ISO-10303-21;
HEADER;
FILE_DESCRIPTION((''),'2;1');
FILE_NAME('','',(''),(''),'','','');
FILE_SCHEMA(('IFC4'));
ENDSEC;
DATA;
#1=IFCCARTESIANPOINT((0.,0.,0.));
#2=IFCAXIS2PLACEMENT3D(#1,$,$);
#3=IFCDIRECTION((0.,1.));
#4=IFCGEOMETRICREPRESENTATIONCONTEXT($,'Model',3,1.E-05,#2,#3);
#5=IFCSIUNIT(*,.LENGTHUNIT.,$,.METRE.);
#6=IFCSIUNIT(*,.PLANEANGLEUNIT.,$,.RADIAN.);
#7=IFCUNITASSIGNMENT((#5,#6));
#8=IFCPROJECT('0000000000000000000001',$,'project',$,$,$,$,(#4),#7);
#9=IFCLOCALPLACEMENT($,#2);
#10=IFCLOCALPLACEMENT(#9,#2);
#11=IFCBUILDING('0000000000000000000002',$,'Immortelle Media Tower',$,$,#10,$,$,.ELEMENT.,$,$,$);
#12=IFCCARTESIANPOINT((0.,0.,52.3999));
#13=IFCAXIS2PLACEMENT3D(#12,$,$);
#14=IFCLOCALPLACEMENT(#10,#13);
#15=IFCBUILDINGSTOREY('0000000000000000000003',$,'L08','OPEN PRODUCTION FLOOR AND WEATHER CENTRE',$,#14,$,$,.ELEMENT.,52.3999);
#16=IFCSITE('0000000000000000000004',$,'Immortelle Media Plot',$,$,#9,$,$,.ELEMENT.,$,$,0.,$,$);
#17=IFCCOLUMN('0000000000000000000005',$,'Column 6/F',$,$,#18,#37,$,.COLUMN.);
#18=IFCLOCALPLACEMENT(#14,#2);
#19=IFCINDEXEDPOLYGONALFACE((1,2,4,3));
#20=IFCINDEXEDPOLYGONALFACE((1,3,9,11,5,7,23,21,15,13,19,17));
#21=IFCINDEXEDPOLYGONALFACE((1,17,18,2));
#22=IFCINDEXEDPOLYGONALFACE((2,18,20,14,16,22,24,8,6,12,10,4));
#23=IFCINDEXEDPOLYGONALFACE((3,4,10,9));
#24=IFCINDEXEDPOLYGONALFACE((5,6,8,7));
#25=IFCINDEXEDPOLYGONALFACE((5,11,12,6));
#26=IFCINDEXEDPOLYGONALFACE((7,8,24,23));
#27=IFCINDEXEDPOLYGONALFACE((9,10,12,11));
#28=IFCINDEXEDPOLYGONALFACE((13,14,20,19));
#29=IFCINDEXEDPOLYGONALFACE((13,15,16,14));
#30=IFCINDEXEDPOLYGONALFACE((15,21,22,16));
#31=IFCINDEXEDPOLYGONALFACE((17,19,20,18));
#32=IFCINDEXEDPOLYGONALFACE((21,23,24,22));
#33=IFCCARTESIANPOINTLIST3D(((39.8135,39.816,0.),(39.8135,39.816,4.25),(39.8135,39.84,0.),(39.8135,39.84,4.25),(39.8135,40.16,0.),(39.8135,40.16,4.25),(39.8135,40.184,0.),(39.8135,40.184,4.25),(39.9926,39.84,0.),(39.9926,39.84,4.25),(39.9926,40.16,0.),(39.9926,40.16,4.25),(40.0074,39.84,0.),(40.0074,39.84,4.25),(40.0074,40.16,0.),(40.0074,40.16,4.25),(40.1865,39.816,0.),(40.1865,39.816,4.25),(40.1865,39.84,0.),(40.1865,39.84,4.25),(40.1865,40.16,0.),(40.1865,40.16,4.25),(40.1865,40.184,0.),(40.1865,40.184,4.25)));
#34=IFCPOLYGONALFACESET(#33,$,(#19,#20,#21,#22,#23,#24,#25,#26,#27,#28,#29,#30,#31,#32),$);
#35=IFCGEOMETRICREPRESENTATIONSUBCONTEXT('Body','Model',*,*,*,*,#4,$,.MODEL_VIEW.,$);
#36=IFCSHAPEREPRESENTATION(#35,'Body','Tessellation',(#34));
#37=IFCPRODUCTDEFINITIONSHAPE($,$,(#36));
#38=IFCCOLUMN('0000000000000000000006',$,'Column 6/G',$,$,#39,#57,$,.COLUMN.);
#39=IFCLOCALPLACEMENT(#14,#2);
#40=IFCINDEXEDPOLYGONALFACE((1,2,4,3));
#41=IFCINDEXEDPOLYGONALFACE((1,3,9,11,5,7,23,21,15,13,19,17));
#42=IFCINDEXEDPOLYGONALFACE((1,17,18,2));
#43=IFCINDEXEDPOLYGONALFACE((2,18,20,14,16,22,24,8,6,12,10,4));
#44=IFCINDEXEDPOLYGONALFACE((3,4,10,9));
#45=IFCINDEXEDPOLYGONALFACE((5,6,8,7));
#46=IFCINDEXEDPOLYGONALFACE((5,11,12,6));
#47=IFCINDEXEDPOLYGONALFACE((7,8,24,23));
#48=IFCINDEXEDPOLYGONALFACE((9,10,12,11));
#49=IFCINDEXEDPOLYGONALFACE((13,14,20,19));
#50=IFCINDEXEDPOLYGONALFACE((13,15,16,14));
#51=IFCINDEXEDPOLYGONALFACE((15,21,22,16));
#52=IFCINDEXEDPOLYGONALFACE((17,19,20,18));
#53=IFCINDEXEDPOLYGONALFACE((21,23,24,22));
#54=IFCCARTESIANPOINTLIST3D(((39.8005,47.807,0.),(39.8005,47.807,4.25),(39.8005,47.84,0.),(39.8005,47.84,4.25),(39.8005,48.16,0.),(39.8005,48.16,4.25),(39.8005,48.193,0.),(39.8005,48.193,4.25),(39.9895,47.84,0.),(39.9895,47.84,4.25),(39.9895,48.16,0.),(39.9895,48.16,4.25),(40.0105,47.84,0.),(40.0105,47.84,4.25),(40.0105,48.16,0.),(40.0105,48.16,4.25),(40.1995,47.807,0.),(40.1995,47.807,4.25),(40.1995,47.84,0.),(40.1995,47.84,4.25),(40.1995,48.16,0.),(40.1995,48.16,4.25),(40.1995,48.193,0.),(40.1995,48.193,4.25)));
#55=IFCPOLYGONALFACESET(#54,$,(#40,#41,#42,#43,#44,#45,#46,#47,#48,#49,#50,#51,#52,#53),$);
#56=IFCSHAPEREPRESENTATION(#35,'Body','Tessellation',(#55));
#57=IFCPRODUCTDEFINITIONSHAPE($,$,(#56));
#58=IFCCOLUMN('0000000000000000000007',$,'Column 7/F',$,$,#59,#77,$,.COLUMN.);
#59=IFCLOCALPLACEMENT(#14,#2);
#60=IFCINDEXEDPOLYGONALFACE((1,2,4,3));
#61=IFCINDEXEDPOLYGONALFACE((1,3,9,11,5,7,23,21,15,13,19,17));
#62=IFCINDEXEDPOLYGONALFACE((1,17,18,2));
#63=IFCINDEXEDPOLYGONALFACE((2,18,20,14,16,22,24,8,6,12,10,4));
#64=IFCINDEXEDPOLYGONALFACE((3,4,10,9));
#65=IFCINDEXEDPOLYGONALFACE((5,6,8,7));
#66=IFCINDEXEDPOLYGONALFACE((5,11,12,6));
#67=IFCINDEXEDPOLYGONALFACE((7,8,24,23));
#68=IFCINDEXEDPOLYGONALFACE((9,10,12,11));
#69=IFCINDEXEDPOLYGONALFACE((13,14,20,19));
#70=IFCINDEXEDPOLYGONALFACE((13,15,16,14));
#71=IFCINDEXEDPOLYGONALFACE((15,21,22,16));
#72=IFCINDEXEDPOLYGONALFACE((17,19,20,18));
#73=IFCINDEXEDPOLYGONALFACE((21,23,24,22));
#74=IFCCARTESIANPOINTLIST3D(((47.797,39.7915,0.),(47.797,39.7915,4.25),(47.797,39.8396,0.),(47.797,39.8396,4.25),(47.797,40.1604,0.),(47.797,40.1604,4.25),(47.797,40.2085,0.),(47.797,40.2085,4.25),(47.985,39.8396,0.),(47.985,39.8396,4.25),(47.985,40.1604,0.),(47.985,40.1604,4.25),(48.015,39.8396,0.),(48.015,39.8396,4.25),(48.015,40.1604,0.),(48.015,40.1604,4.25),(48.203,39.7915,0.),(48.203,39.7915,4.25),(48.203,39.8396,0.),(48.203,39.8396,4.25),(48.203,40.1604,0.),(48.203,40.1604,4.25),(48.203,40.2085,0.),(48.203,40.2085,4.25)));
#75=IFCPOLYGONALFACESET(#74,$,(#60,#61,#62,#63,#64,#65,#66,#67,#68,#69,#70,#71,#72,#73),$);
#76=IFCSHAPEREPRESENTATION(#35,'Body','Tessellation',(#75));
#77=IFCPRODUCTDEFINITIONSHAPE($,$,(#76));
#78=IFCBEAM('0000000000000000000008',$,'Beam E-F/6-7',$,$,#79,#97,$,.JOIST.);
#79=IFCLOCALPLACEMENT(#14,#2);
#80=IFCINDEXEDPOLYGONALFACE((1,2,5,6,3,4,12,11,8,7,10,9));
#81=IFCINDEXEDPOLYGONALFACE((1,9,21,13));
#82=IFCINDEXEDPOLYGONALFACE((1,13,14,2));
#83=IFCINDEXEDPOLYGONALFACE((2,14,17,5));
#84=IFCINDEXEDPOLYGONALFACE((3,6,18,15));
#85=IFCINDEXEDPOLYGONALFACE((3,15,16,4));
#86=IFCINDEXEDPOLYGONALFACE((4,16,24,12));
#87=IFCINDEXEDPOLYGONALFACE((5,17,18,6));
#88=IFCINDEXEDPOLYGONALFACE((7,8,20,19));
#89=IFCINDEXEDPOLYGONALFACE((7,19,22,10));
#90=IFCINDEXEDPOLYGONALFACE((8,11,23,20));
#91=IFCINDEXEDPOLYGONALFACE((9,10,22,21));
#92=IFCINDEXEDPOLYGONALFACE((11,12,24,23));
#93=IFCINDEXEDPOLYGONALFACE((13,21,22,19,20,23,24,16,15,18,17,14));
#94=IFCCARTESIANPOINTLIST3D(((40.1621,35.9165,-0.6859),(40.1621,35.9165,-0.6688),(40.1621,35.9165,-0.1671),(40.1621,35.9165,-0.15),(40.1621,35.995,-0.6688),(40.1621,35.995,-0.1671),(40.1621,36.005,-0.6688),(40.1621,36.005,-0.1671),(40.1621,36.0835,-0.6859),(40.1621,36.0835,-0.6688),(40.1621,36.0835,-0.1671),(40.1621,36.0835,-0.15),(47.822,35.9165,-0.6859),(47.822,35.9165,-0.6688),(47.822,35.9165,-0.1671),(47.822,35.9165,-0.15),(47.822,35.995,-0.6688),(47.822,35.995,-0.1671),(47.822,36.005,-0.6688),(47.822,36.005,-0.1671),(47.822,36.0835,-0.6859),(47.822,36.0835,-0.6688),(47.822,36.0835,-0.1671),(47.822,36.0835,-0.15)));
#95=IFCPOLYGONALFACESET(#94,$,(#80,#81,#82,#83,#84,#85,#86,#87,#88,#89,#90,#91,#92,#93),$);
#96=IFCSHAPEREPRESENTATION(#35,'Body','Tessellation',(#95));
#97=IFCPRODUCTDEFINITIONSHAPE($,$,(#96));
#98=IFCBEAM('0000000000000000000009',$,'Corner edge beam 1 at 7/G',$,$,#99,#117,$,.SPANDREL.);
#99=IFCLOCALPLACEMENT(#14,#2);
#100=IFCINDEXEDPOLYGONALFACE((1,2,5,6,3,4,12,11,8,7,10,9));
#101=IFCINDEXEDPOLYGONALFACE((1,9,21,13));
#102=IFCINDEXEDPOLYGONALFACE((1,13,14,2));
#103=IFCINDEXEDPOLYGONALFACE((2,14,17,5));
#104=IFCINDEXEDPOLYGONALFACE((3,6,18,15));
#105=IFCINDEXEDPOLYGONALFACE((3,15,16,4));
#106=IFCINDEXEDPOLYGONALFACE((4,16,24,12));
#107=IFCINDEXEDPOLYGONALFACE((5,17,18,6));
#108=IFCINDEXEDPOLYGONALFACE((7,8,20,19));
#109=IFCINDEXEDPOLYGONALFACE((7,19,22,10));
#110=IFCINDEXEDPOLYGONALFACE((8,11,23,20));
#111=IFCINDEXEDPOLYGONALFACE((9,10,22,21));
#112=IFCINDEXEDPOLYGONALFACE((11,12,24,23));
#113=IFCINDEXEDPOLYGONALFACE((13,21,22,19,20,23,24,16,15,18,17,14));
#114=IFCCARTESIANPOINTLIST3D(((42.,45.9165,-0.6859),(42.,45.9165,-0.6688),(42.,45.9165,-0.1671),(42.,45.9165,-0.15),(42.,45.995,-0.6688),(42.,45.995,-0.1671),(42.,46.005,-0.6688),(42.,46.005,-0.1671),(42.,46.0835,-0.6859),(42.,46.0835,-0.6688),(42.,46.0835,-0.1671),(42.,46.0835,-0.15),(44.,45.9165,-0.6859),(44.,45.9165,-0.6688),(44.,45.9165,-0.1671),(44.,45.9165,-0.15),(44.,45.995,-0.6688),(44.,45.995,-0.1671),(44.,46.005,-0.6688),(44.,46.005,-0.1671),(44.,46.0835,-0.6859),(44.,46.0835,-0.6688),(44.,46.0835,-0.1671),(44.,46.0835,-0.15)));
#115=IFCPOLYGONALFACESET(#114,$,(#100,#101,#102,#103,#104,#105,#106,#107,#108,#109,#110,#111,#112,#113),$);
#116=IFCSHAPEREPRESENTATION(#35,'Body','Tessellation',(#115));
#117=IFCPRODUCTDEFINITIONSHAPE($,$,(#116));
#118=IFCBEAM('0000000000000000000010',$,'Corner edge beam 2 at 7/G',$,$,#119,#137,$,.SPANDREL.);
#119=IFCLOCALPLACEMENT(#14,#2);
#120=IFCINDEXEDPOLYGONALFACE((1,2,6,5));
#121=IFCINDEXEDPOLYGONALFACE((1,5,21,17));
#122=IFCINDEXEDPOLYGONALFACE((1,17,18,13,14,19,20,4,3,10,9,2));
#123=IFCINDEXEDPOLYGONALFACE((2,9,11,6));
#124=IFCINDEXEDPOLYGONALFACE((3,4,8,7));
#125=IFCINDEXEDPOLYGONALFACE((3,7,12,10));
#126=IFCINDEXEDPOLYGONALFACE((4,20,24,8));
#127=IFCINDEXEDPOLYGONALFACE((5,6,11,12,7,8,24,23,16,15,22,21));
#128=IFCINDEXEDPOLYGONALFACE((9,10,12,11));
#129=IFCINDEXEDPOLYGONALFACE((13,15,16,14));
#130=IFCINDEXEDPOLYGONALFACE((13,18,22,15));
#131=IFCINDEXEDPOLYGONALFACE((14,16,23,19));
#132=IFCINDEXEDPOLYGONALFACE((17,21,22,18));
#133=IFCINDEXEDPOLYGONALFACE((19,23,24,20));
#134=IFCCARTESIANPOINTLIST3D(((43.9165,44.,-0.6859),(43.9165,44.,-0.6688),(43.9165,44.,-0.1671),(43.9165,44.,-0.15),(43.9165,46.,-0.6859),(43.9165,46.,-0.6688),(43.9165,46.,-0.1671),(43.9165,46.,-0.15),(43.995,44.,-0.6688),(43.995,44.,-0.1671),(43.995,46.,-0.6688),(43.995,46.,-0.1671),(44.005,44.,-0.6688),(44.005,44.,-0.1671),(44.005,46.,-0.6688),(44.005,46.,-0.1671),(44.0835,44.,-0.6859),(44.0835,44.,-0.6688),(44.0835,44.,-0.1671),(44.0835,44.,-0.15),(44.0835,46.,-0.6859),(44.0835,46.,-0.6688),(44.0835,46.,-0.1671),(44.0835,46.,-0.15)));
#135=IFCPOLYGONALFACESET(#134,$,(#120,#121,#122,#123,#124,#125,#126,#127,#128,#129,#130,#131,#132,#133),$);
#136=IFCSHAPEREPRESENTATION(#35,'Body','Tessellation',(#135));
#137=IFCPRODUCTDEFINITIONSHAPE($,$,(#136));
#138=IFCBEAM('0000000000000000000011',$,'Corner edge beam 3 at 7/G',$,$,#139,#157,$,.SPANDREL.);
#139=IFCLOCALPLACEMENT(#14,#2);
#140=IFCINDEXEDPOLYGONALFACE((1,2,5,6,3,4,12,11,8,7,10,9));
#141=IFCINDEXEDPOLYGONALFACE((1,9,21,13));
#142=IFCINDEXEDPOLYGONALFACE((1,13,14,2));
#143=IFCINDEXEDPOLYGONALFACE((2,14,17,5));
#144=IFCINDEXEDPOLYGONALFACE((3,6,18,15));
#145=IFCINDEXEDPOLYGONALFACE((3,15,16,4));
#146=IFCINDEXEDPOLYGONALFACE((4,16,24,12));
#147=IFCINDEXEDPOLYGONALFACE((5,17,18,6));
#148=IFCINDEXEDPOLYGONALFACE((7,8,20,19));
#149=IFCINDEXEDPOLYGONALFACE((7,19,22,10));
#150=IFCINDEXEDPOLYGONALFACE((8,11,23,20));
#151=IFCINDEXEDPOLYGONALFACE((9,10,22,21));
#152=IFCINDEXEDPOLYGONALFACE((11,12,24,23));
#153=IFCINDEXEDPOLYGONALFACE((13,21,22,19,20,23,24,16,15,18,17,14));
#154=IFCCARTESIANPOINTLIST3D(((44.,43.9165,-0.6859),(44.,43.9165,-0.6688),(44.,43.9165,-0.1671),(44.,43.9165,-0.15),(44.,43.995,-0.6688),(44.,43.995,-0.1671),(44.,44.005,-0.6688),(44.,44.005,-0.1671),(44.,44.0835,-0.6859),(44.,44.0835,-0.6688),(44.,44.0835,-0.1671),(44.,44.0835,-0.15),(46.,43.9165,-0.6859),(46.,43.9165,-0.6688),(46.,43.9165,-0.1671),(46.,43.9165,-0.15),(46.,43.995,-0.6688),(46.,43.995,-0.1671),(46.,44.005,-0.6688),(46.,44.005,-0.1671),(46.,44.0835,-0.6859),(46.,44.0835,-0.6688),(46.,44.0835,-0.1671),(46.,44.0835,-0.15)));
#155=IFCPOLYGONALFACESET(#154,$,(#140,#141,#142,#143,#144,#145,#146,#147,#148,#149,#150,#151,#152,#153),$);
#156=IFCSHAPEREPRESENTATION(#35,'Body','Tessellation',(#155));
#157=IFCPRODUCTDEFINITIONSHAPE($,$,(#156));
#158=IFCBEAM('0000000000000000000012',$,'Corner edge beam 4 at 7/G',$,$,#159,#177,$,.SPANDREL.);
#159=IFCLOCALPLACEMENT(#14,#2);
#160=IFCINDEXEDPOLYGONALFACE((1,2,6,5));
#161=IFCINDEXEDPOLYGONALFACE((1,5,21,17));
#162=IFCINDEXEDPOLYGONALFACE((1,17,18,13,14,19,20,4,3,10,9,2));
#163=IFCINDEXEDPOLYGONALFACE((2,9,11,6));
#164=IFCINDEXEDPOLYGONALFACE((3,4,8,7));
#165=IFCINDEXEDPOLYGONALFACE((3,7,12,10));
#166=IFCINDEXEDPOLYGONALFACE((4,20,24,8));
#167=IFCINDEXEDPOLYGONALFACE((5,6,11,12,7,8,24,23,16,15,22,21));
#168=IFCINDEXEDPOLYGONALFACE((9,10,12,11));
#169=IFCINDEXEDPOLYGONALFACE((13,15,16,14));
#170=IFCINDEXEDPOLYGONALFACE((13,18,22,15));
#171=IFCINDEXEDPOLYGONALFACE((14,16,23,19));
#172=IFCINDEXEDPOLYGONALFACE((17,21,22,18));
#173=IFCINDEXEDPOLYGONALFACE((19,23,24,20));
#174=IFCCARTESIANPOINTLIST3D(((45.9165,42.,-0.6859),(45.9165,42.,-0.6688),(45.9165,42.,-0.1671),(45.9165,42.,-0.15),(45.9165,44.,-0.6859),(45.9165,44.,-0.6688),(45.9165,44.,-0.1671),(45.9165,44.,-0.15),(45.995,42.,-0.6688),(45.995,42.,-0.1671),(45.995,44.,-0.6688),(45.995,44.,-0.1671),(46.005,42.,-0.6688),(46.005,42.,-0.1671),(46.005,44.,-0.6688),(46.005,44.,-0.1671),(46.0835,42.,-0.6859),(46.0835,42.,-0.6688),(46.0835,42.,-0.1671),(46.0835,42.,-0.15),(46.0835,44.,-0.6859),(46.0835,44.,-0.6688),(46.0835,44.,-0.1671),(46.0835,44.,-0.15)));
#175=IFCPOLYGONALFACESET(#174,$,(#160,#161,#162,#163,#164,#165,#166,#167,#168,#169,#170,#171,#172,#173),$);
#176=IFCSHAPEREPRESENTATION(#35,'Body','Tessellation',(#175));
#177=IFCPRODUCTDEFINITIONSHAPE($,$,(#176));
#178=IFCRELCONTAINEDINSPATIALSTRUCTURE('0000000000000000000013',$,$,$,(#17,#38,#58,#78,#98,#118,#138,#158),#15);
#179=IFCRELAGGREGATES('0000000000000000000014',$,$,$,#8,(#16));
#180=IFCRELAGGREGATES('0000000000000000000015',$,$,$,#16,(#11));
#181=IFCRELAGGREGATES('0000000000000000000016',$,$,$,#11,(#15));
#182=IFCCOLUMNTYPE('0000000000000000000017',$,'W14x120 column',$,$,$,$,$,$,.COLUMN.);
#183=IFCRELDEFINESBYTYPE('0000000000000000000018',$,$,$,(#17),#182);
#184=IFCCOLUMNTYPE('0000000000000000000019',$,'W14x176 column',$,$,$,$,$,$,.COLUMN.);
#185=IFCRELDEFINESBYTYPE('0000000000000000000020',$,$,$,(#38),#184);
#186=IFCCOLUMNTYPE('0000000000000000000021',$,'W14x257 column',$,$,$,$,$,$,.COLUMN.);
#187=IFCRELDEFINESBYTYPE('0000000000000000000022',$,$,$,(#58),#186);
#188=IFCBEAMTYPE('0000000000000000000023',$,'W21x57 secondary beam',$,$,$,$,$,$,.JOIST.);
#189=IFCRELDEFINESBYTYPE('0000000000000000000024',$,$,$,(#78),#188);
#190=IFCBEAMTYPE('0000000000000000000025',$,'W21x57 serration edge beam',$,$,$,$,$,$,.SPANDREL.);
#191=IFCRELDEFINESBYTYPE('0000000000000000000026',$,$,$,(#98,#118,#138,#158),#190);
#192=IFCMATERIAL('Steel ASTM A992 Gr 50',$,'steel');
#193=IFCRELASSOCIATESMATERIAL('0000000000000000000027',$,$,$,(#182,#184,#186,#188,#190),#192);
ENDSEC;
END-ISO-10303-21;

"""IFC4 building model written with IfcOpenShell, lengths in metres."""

from ifc_helpers import new_model, si_unit, direction, frame, origin, origin_2d, place, context, subcontext, project, spatial, i_section, extrude, material, material_profile, profile_set, type_object, element, save


model = new_model("IFC4")

# Units and contexts
model_context = context("Model", 3, precision=1e-05, world=origin(), true_north=direction((0.0, 1.0)))
body_context = subcontext(model_context, "Body", "Model", "MODEL_VIEW")
ifc_project = project(units=[si_unit("LENGTHUNIT", "METRE"), si_unit("PLANEANGLEUNIT", "RADIAN")], contexts=[model_context])

# Site, building, storey
site_placement = place(None, origin())
site = spatial("IfcSite", under=ifc_project, at=site_placement, Name="Immortelle Media Plot", CompositionType="ELEMENT", RefElevation=0.0)
building_placement = place(site_placement, origin())
building = spatial("IfcBuilding", under=site, at=building_placement, Name="Immortelle Media Tower", CompositionType="ELEMENT")
storey_placement = place(building_placement, frame((0.0, 0.0, 52.3999)))
storey = spatial("IfcBuildingStorey", under=building, at=storey_placement, Name="L08", Description="OPEN PRODUCTION FLOOR AND WEATHER CENTRE", CompositionType="ELEMENT", Elevation=52.3999)

# Columns
ifc_material_1 = material(Name="Steel ASTM A992 Gr 50", Category="steel")
ifc_material_profile_1 = material_profile(ifc_material_1, i_section(OverallWidth=0.373, OverallDepth=0.3679, WebThickness=0.0149, FlangeThickness=0.0239, at=origin_2d()), Name="W14x120")
ifc_profile_set_1 = profile_set([ifc_material_profile_1], Name="Steel ASTM A992 Gr 50")
column_type_1 = type_object("IfcColumnType", Name="W14x120 column", PredefinedType="COLUMN", material=ifc_profile_set_1)
column_1_placement = place(storey_placement, frame((40.0, 40.0, 0.0), z_axis=(0.0, 0.0, 1.0), x_axis=(1.0, 0.0, 0.0)))
element("IfcColumn", 1, at=column_1_placement, inside=storey, type_object=column_type_1, Name="Column 6/F", PredefinedType="COLUMN", context=body_context, shape_type="SweptSolid", body=[
    extrude(i_section(OverallWidth=0.373, OverallDepth=0.3679, WebThickness=0.0149, FlangeThickness=0.0239, at=origin_2d()), origin(), (0.0, 0.0, 1.0), 4.25),
])
ifc_material_profile_2 = material_profile(ifc_material_1, i_section(OverallWidth=0.3989, OverallDepth=0.386, WebThickness=0.021, FlangeThickness=0.033, at=origin_2d()), Name="W14x176")
ifc_profile_set_2 = profile_set([ifc_material_profile_2], Name="Steel ASTM A992 Gr 50")
column_type_2 = type_object("IfcColumnType", Name="W14x176 column", PredefinedType="COLUMN", material=ifc_profile_set_2)
column_2_placement = place(storey_placement, frame((40.0, 48.0, 0.0), z_axis=(0.0, 0.0, 1.0), x_axis=(1.0, 0.0, 0.0)))
element("IfcColumn", 2, at=column_2_placement, inside=storey, type_object=column_type_2, Name="Column 6/G", PredefinedType="COLUMN", context=body_context, shape_type="SweptSolid", body=[
    extrude(i_section(OverallWidth=0.3989, OverallDepth=0.386, WebThickness=0.021, FlangeThickness=0.033, at=origin_2d()), origin(), (0.0, 0.0, 1.0), 4.25),
])
ifc_material_profile_3 = material_profile(ifc_material_1, i_section(OverallWidth=0.406, OverallDepth=0.417, WebThickness=0.03, FlangeThickness=0.0481, at=origin_2d()), Name="W14x257")
ifc_profile_set_3 = profile_set([ifc_material_profile_3], Name="Steel ASTM A992 Gr 50")
column_type_3 = type_object("IfcColumnType", Name="W14x257 column", PredefinedType="COLUMN", material=ifc_profile_set_3)
column_3_placement = place(storey_placement, frame((48.0, 40.0, 0.0), z_axis=(0.0, 0.0, 1.0), x_axis=(1.0, 0.0, 0.0)))
element("IfcColumn", 3, at=column_3_placement, inside=storey, type_object=column_type_3, Name="Column 7/F", PredefinedType="COLUMN", context=body_context, shape_type="SweptSolid", body=[
    extrude(i_section(OverallWidth=0.406, OverallDepth=0.417, WebThickness=0.03, FlangeThickness=0.0481, at=origin_2d()), origin(), (0.0, 0.0, 1.0), 4.25),
])

# Beams
ifc_material_profile_4 = material_profile(ifc_material_1, i_section(OverallWidth=0.167, OverallDepth=0.5359, WebThickness=0.01, FlangeThickness=0.0171, at=origin_2d()), Name="W21x57")
ifc_profile_set_4 = profile_set([ifc_material_profile_4], Name="Steel ASTM A992 Gr 50")
beam_type_1 = type_object("IfcBeamType", Name="W21x57 secondary beam", PredefinedType="JOIST", material=ifc_profile_set_4)
beam_1_placement = place(storey_placement, frame((40.1621, 36.0, -0.418), z_axis=(1.0, 0.0, 0.0), x_axis=(0.0, 1.0, 0.0)))
element("IfcBeam", 4, at=beam_1_placement, inside=storey, type_object=beam_type_1, Name="Beam E-F/6-7", PredefinedType="JOIST", context=body_context, shape_type="SweptSolid", body=[
    extrude(i_section(OverallWidth=0.167, OverallDepth=0.5359, WebThickness=0.01, FlangeThickness=0.0171, at=origin_2d()), origin(), (0.0, 0.0, 1.0), 7.6599),
])
ifc_material_profile_5 = material_profile(ifc_material_1, i_section(OverallWidth=0.167, OverallDepth=0.5359, WebThickness=0.01, FlangeThickness=0.0171, at=origin_2d()), Name="W21x57")
ifc_profile_set_5 = profile_set([ifc_material_profile_5], Name="Steel ASTM A992 Gr 50")
beam_type_2 = type_object("IfcBeamType", Name="W21x57 serration edge beam", PredefinedType="SPANDREL", material=ifc_profile_set_5)
for number, where, z_axis, x_axis, name in (
    (5, (42.0, 46.0, -0.418), (1.0, 0.0, 0.0), (0.0, 1.0, 0.0), "Corner edge beam 1 at 7/G"),
    (6, (44.0, 46.0, -0.418), (0.0, -1.0, 0.0), (1.0, 0.0, 0.0), "Corner edge beam 2 at 7/G"),
    (7, (44.0, 44.0, -0.418), (1.0, 0.0, 0.0), (0.0, 1.0, 0.0), "Corner edge beam 3 at 7/G"),
    (8, (46.0, 44.0, -0.418), (0.0, -1.0, 0.0), (1.0, 0.0, 0.0), "Corner edge beam 4 at 7/G"),
):
    element("IfcBeam", number, at=place(storey_placement, frame(where, z_axis=z_axis, x_axis=x_axis)), inside=storey, type_object=beam_type_2, Name=name, PredefinedType="SPANDREL", context=body_context, shape_type="SweptSolid", body=[
        extrude(i_section(OverallWidth=0.167, OverallDepth=0.5359, WebThickness=0.01, FlangeThickness=0.0171, at=origin_2d()), origin(), (0.0, 0.0, 1.0), 2.0),
    ])

save(model, "model.ifc")
